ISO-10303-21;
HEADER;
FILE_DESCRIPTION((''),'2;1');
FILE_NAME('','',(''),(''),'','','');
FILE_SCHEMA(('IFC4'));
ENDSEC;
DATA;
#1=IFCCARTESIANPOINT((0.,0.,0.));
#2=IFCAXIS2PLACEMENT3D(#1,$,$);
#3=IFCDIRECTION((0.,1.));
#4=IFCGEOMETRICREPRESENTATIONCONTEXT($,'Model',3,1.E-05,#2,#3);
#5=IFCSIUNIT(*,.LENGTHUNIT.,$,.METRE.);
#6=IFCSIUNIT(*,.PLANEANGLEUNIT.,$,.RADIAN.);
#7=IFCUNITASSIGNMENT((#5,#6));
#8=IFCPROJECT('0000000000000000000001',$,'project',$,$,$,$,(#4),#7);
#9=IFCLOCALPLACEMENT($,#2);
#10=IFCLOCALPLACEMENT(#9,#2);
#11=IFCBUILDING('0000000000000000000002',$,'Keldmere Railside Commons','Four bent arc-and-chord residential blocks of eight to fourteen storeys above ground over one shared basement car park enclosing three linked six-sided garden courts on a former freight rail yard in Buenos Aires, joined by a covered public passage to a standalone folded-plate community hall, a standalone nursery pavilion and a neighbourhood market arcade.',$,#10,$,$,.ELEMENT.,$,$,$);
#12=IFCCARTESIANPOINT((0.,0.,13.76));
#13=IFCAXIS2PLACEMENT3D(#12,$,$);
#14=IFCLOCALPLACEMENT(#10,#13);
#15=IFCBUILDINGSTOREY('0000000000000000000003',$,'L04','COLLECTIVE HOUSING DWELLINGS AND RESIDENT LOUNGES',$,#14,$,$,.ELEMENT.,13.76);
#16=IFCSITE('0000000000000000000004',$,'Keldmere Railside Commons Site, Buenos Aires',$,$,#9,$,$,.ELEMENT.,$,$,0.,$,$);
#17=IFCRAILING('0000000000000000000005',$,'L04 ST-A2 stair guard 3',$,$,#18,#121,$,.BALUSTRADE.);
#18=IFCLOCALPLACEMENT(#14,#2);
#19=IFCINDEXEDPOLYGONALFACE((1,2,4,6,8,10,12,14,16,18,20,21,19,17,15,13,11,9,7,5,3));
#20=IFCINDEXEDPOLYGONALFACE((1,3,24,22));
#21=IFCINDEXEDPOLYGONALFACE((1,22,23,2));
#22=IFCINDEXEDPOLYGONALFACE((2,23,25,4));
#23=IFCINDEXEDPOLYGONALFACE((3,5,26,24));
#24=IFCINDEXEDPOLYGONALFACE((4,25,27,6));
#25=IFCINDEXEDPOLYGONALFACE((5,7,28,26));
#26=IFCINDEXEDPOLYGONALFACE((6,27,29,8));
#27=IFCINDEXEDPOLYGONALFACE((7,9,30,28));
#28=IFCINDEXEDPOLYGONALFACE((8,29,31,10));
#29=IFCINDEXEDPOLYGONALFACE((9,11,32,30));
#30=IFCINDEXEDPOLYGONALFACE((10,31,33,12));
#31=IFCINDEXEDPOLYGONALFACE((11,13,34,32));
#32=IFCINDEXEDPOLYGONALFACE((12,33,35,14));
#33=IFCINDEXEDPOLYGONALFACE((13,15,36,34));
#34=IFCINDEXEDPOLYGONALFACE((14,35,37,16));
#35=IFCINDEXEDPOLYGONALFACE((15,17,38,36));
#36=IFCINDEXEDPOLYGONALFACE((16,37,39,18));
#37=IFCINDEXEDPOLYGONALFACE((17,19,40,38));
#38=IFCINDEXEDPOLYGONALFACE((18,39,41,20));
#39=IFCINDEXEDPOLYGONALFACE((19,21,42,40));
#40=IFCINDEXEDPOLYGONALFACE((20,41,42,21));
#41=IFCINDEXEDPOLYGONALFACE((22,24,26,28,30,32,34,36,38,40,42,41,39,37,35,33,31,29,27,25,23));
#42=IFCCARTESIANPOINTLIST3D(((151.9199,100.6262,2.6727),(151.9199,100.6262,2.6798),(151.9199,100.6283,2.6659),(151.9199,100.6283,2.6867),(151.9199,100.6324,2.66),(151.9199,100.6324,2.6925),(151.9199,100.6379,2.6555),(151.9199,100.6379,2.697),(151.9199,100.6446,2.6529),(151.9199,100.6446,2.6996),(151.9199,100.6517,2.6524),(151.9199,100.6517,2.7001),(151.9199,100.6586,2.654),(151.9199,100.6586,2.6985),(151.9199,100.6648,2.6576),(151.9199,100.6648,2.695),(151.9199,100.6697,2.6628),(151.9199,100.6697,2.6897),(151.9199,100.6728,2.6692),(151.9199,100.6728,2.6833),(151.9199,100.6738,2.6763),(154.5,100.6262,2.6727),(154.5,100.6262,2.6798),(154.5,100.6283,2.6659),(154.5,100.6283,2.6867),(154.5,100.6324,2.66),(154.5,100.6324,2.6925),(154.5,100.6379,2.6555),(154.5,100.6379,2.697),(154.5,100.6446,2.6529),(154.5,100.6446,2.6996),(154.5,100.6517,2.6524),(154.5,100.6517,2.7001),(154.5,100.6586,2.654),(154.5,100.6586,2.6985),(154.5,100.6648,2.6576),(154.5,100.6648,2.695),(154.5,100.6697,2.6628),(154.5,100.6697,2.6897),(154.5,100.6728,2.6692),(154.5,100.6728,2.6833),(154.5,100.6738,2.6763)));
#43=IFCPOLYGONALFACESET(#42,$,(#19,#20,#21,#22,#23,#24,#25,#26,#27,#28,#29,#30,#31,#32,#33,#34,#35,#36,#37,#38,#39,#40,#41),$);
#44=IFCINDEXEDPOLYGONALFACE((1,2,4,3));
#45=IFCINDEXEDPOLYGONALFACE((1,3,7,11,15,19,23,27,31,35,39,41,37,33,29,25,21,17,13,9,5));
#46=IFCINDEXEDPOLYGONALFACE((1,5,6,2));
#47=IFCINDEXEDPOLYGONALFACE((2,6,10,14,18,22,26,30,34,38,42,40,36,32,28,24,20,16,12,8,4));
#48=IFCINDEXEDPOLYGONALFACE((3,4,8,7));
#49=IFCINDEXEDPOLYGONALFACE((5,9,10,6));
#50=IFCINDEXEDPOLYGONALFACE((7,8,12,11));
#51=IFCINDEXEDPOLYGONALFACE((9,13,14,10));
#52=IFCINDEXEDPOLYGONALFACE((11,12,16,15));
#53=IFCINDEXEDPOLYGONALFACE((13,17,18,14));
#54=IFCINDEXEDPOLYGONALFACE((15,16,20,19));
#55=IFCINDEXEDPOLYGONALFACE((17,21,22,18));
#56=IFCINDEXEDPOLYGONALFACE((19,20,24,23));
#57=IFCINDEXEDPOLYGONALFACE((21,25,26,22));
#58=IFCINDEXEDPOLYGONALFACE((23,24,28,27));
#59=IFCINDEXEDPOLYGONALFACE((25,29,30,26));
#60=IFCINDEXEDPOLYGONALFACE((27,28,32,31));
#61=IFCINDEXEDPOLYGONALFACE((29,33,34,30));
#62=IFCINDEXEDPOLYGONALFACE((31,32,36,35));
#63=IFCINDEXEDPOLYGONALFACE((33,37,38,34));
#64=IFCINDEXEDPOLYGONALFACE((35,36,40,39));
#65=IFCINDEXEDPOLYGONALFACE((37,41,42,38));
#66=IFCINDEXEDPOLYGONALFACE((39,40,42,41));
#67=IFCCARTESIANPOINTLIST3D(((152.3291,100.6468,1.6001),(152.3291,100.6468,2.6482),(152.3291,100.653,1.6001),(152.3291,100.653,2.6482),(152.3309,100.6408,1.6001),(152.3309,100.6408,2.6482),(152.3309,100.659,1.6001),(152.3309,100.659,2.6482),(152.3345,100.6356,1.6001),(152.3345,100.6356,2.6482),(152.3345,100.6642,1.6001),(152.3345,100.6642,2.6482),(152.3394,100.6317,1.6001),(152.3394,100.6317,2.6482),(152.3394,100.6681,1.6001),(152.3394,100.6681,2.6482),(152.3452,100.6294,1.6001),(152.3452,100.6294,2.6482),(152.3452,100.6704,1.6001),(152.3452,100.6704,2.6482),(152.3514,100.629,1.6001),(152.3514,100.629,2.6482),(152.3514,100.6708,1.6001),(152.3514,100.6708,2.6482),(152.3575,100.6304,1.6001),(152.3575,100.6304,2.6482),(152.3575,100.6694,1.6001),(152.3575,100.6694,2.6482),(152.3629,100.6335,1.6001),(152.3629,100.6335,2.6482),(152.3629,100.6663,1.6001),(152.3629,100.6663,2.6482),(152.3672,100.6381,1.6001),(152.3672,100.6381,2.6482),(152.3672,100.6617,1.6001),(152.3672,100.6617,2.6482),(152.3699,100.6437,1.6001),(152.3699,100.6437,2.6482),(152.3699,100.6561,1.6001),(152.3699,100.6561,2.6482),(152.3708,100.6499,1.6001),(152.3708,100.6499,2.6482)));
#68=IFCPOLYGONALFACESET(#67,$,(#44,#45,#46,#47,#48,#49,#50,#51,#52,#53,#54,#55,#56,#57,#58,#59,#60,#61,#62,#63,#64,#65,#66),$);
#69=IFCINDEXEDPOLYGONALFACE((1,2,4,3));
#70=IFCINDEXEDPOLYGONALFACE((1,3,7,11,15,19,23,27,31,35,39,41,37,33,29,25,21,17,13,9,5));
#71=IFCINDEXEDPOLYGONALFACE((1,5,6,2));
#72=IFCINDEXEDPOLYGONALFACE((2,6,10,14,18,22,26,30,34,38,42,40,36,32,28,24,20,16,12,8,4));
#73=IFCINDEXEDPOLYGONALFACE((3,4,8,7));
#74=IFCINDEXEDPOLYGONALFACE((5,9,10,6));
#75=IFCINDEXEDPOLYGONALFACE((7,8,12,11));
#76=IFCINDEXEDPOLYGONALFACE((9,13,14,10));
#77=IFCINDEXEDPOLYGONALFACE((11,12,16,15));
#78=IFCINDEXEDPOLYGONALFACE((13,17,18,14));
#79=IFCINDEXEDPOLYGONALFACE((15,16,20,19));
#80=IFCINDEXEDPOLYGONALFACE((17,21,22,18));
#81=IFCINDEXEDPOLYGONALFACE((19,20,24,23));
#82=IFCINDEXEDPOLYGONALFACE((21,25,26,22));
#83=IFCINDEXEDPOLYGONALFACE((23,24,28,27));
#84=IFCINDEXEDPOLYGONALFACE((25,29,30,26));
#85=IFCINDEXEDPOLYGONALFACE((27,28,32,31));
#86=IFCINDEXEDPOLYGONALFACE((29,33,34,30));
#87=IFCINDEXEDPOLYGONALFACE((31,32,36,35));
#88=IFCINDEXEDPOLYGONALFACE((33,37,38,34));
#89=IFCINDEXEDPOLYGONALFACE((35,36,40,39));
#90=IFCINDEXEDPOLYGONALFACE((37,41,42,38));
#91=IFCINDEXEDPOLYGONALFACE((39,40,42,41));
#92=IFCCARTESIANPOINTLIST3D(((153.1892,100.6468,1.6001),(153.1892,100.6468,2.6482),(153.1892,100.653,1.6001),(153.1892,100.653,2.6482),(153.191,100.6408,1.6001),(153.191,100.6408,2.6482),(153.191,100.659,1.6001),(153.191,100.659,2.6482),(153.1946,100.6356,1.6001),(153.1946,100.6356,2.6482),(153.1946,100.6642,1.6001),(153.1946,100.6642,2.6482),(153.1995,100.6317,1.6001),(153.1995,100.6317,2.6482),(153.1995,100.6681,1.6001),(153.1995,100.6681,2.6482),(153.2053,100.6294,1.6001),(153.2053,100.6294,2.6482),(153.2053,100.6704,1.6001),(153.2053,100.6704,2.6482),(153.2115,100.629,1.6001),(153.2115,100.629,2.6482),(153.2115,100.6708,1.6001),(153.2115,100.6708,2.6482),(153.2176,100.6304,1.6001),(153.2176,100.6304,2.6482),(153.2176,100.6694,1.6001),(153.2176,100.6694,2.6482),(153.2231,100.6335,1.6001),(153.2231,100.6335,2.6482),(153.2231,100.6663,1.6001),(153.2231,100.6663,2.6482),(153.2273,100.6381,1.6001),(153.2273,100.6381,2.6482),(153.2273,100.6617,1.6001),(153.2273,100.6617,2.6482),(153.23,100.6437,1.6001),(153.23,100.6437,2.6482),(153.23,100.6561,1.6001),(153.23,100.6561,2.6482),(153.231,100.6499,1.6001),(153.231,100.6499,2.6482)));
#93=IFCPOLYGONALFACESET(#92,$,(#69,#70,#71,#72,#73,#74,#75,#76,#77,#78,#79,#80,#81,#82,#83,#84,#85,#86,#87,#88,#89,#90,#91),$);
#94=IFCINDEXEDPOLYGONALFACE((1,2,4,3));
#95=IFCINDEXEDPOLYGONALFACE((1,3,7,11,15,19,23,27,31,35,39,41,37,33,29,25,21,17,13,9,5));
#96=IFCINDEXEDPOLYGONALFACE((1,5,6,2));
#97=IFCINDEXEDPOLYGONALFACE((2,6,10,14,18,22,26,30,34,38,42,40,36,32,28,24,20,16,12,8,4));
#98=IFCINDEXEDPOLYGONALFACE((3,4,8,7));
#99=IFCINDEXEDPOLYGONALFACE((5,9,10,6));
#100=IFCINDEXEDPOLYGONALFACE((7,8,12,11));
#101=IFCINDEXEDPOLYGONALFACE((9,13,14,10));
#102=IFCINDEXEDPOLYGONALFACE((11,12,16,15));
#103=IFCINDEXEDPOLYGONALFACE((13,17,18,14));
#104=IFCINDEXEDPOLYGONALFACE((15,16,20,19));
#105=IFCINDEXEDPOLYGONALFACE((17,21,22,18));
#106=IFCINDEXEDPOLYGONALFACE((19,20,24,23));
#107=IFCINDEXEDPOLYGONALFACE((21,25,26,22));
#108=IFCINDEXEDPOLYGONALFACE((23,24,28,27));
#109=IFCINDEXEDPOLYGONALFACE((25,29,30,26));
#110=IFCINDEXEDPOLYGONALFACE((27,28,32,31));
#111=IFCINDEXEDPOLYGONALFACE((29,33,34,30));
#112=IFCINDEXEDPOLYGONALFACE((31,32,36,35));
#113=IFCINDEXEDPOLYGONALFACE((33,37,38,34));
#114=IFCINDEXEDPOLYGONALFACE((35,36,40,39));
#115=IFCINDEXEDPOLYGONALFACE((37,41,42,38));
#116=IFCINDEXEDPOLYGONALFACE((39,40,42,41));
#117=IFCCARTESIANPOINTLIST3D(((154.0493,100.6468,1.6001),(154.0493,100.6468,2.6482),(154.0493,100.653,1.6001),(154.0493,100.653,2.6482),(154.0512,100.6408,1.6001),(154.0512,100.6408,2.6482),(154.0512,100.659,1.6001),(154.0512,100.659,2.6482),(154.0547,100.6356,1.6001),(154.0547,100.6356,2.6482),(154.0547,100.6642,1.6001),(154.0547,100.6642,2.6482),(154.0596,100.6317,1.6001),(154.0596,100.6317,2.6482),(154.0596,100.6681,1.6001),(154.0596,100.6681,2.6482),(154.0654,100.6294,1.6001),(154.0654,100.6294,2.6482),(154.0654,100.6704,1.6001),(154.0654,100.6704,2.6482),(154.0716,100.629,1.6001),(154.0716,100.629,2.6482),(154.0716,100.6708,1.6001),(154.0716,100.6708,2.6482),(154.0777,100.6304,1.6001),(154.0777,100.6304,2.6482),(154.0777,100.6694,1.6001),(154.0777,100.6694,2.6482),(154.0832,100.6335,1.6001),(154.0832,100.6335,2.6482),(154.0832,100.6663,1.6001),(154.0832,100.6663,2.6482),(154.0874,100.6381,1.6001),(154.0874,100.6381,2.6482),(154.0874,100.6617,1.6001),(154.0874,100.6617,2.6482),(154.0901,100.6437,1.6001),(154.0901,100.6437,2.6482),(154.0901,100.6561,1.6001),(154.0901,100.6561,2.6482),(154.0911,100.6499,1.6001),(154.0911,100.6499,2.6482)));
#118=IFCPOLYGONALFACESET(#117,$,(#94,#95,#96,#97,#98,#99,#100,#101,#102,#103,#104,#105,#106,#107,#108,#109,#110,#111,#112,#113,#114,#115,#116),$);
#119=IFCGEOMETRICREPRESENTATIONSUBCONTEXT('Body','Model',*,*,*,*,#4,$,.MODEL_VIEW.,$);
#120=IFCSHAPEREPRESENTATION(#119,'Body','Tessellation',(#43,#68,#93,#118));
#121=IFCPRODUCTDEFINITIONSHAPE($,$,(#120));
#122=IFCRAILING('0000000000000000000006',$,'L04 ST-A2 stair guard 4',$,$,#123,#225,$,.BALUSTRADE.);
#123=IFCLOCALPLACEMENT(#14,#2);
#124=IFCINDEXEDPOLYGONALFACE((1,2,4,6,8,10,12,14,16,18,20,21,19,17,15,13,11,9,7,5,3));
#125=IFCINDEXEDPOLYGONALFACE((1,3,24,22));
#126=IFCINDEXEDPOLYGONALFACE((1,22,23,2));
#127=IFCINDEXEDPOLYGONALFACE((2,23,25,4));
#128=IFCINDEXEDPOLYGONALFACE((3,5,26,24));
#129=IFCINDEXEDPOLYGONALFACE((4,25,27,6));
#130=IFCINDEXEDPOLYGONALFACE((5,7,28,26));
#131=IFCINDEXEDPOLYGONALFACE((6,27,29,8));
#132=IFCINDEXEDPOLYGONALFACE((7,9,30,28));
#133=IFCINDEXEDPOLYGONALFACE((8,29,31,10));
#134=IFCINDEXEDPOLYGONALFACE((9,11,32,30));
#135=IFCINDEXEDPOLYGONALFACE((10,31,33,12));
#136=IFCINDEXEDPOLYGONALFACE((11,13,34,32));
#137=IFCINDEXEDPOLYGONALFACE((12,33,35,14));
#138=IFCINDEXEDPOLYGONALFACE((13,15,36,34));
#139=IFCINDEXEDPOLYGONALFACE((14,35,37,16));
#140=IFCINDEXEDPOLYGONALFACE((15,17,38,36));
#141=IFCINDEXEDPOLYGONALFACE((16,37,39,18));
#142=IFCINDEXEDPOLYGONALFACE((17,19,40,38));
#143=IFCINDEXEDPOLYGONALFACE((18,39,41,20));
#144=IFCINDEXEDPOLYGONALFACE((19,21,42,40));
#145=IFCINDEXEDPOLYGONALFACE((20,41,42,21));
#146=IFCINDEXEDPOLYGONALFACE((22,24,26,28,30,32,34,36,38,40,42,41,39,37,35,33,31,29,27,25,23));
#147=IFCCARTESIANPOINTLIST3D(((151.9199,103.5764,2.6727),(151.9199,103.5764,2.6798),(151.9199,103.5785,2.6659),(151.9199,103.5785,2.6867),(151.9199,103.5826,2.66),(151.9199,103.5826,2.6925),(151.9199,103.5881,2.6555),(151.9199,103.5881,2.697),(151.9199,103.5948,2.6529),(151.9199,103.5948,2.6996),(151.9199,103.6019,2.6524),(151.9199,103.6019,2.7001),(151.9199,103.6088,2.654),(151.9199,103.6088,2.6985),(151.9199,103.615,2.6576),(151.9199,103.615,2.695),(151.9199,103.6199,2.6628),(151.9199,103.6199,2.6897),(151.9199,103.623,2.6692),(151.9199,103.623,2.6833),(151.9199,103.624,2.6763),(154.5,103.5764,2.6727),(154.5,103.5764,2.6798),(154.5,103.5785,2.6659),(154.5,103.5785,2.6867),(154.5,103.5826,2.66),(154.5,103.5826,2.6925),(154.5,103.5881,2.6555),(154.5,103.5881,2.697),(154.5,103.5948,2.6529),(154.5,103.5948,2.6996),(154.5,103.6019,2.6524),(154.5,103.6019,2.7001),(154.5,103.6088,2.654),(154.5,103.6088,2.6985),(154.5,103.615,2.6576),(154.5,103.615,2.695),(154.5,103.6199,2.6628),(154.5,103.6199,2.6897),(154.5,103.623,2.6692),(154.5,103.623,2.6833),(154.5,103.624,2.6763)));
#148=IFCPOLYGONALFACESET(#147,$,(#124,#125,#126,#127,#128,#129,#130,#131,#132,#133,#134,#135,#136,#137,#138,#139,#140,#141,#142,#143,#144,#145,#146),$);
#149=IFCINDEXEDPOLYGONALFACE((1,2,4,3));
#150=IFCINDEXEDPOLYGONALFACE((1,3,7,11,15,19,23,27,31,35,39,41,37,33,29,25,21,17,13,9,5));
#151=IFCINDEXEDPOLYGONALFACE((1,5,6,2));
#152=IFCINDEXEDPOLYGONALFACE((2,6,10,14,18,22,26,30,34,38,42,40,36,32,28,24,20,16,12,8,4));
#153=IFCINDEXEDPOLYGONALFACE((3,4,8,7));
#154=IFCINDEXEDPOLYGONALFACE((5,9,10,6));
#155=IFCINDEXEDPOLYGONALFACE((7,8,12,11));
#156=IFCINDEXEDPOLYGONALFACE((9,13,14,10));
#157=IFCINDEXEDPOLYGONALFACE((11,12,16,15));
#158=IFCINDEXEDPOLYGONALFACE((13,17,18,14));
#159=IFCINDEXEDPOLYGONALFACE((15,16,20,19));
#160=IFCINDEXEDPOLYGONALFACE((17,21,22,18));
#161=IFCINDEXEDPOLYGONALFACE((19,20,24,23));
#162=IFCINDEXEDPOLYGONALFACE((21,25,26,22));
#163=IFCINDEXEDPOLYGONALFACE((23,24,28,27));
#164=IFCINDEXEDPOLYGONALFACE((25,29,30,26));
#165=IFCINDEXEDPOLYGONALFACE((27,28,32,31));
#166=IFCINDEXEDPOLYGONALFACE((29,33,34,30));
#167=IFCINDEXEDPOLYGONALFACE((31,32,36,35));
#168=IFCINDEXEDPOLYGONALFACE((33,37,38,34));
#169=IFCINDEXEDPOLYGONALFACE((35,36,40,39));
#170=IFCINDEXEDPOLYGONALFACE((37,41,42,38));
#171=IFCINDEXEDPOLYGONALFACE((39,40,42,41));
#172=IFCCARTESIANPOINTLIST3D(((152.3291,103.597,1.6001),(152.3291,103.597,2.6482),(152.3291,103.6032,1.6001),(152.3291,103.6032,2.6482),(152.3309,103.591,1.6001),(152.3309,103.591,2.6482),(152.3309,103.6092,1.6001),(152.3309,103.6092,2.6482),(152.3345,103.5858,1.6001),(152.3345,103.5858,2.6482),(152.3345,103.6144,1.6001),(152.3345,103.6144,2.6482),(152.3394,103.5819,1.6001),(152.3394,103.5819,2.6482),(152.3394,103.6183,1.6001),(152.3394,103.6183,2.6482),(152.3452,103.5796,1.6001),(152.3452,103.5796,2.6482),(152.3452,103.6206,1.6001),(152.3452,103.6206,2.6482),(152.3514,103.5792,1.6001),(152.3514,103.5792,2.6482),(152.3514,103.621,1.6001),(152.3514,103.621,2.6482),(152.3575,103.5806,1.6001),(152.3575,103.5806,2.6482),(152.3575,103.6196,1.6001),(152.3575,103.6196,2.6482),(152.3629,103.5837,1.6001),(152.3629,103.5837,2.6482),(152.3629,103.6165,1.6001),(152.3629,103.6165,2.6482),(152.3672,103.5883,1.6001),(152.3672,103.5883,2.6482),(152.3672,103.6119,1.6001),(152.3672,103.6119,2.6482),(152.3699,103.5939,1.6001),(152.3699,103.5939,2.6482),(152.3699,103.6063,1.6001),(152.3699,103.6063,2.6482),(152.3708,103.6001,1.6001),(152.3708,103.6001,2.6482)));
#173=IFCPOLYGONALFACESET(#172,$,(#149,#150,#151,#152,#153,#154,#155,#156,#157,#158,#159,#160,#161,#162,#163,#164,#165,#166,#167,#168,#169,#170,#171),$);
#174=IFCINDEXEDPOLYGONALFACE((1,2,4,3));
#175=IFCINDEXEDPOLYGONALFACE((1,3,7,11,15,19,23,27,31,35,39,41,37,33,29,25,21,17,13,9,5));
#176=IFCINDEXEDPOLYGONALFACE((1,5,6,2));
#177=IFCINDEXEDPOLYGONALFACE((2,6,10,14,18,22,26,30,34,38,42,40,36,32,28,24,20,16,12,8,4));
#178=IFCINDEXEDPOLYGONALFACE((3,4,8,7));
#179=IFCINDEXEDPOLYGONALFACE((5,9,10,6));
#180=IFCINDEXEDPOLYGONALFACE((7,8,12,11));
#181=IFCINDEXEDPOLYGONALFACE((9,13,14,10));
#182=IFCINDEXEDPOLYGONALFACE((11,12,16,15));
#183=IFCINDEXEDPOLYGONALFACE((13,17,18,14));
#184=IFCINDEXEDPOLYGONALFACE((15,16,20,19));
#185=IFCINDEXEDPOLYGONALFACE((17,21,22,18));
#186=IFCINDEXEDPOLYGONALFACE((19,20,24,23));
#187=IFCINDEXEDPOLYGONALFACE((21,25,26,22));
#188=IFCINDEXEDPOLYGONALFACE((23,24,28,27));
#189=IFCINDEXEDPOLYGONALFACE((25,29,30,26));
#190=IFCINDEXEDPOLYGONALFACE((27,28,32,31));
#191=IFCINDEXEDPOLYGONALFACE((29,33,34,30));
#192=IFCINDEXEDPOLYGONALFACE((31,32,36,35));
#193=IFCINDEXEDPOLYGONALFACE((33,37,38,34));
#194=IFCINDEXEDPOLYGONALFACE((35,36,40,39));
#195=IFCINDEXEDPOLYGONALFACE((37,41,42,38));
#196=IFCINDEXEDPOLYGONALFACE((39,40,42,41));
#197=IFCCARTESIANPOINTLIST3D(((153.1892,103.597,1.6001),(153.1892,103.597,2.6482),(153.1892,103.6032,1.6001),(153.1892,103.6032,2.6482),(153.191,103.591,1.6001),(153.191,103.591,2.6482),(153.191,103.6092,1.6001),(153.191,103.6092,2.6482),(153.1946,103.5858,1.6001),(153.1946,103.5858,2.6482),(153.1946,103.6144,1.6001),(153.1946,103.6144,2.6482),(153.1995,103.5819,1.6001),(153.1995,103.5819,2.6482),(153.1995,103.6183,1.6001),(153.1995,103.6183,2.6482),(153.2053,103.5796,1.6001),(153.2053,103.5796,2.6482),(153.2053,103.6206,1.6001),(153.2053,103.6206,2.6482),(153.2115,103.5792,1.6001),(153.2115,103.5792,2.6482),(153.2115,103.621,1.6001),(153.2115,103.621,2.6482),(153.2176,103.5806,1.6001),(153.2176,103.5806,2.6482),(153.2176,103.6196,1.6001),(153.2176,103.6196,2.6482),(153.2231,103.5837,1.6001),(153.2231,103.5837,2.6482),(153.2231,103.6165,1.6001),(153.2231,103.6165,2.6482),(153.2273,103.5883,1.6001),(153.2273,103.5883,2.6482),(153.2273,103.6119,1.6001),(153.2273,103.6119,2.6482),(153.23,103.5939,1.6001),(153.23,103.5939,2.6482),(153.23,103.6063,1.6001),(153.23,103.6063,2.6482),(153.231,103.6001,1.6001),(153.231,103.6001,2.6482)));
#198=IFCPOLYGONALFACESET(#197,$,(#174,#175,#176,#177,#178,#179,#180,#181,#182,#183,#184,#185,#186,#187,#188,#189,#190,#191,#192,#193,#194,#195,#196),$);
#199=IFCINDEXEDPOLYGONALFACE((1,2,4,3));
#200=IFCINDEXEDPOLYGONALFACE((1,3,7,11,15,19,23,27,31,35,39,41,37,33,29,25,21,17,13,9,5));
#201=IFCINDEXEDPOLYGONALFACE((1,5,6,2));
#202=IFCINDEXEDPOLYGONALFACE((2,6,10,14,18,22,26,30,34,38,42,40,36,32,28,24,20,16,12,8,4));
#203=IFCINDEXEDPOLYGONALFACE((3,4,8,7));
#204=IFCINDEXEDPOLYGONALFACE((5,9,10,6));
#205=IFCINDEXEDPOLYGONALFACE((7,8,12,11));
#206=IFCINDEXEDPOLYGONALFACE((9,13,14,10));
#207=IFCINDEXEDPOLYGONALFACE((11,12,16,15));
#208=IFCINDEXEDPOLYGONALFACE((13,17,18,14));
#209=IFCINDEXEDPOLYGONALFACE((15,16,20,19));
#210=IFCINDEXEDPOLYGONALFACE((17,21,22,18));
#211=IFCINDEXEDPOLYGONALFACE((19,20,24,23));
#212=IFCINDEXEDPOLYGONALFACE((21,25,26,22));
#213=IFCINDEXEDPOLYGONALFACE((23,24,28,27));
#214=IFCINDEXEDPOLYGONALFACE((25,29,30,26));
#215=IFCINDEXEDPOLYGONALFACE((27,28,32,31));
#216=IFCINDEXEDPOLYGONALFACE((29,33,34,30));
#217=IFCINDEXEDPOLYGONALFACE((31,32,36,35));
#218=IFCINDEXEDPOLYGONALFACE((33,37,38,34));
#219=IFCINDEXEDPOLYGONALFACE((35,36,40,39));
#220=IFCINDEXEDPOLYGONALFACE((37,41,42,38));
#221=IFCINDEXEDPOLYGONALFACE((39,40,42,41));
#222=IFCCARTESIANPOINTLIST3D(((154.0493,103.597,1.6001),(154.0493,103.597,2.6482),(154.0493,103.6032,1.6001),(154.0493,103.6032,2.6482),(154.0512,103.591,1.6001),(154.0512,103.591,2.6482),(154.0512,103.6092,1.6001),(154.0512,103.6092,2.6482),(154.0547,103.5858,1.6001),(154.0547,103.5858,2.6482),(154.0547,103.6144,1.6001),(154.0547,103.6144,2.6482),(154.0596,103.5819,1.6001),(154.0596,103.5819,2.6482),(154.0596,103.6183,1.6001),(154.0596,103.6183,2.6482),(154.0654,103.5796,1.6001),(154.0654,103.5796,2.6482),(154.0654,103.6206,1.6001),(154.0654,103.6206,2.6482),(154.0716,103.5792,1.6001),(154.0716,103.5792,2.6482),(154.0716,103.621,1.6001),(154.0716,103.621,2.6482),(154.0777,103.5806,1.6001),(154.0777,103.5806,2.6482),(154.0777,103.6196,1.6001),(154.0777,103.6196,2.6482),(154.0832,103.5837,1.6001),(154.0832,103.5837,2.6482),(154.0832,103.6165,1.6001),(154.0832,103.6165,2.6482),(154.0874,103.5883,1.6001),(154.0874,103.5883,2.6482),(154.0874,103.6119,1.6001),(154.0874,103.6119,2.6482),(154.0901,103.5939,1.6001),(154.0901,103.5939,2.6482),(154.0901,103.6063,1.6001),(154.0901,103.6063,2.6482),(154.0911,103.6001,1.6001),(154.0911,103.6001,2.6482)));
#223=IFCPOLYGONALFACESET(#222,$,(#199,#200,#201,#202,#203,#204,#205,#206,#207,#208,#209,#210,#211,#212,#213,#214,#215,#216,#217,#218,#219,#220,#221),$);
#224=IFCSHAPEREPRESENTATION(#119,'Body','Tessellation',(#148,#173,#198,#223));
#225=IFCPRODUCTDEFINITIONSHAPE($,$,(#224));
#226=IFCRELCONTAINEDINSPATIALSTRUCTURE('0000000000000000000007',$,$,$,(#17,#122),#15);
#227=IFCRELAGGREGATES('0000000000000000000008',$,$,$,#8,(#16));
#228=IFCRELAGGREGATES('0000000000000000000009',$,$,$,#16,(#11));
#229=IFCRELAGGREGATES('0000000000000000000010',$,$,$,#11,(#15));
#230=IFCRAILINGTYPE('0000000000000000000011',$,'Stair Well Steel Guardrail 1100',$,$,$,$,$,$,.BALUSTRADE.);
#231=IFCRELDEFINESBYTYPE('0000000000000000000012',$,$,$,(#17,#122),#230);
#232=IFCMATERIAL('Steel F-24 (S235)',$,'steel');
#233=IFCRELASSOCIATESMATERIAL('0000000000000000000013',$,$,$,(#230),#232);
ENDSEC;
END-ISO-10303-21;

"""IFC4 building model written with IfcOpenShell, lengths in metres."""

from ifc_helpers import new_model, si_unit, direction, frame, origin, origin_2d, place, context, subcontext, project, spatial, circle, extrude, material, type_object, element, save


model = new_model("IFC4")

# Units and contexts
model_context = context("Model", 3, precision=1e-05, world=origin(), true_north=direction((0.0, 1.0)))
body_context = subcontext(model_context, "Body", "Model", "MODEL_VIEW")
ifc_project = project(units=[si_unit("LENGTHUNIT", "METRE"), si_unit("PLANEANGLEUNIT", "RADIAN")], contexts=[model_context])

# Site, building, storey
site_placement = place(None, origin())
site = spatial("IfcSite", under=ifc_project, at=site_placement, Name="Keldmere Railside Commons Site, Buenos Aires", CompositionType="ELEMENT", RefElevation=0.0)
building_placement = place(site_placement, origin())
building = spatial("IfcBuilding", under=site, at=building_placement, Name="Keldmere Railside Commons", Description="Four bent arc-and-chord residential blocks of eight to fourteen storeys above ground over one shared basement car park enclosing three linked six-sided garden courts on a former freight rail yard in Buenos Aires, joined by a covered public passage to a standalone folded-plate community hall, a standalone nursery pavilion and a neighbourhood market arcade.", CompositionType="ELEMENT")
storey_placement = place(building_placement, frame((0.0, 0.0, 13.76)))
storey = spatial("IfcBuildingStorey", under=building, at=storey_placement, Name="L04", Description="COLLECTIVE HOUSING DWELLINGS AND RESIDENT LOUNGES", CompositionType="ELEMENT", Elevation=13.76)

# Shared definitions
ifc_material_1 = material(Name="Steel F-24 (S235)", Category="steel")

# Railings
railing_type_1 = type_object("IfcRailingType", Name="Stair Well Steel Guardrail 1100", PredefinedType="BALUSTRADE", material=ifc_material_1)
for number, where, name in (
    (1, (151.9199, 100.6499, 1.6001), "L04 ST-A2 stair guard 3"),
    (2, (151.9199, 103.6001, 1.6001), "L04 ST-A2 stair guard 4"),
):
    element("IfcRailing", number, at=place(storey_placement, frame(where)), inside=storey, type_object=railing_type_1, Name=name, PredefinedType="BALUSTRADE", context=body_context, shape_type="SweptSolid", body=[
        extrude(circle(Radius=0.0239, at=origin_2d()), frame((0.0, 0.0, 1.0762), z_axis=(1.0, 0.0, 0.0), x_axis=(0.0, 1.0, 0.0)), (0.0, 0.0, 1.0), 2.5801),
        extrude(circle(Radius=0.021, at=origin_2d()), frame((0.4299, 0.0, 0.0)), (0.0, 0.0, 1.0), 1.0481),
        extrude(circle(Radius=0.021, at=origin_2d()), frame((1.29, 0.0, 0.0)), (0.0, 0.0, 1.0), 1.0481),
        extrude(circle(Radius=0.021, at=origin_2d()), frame((2.1501, 0.0, 0.0)), (0.0, 0.0, 1.0), 1.0481),
    ])

save(model, "model.ifc")
